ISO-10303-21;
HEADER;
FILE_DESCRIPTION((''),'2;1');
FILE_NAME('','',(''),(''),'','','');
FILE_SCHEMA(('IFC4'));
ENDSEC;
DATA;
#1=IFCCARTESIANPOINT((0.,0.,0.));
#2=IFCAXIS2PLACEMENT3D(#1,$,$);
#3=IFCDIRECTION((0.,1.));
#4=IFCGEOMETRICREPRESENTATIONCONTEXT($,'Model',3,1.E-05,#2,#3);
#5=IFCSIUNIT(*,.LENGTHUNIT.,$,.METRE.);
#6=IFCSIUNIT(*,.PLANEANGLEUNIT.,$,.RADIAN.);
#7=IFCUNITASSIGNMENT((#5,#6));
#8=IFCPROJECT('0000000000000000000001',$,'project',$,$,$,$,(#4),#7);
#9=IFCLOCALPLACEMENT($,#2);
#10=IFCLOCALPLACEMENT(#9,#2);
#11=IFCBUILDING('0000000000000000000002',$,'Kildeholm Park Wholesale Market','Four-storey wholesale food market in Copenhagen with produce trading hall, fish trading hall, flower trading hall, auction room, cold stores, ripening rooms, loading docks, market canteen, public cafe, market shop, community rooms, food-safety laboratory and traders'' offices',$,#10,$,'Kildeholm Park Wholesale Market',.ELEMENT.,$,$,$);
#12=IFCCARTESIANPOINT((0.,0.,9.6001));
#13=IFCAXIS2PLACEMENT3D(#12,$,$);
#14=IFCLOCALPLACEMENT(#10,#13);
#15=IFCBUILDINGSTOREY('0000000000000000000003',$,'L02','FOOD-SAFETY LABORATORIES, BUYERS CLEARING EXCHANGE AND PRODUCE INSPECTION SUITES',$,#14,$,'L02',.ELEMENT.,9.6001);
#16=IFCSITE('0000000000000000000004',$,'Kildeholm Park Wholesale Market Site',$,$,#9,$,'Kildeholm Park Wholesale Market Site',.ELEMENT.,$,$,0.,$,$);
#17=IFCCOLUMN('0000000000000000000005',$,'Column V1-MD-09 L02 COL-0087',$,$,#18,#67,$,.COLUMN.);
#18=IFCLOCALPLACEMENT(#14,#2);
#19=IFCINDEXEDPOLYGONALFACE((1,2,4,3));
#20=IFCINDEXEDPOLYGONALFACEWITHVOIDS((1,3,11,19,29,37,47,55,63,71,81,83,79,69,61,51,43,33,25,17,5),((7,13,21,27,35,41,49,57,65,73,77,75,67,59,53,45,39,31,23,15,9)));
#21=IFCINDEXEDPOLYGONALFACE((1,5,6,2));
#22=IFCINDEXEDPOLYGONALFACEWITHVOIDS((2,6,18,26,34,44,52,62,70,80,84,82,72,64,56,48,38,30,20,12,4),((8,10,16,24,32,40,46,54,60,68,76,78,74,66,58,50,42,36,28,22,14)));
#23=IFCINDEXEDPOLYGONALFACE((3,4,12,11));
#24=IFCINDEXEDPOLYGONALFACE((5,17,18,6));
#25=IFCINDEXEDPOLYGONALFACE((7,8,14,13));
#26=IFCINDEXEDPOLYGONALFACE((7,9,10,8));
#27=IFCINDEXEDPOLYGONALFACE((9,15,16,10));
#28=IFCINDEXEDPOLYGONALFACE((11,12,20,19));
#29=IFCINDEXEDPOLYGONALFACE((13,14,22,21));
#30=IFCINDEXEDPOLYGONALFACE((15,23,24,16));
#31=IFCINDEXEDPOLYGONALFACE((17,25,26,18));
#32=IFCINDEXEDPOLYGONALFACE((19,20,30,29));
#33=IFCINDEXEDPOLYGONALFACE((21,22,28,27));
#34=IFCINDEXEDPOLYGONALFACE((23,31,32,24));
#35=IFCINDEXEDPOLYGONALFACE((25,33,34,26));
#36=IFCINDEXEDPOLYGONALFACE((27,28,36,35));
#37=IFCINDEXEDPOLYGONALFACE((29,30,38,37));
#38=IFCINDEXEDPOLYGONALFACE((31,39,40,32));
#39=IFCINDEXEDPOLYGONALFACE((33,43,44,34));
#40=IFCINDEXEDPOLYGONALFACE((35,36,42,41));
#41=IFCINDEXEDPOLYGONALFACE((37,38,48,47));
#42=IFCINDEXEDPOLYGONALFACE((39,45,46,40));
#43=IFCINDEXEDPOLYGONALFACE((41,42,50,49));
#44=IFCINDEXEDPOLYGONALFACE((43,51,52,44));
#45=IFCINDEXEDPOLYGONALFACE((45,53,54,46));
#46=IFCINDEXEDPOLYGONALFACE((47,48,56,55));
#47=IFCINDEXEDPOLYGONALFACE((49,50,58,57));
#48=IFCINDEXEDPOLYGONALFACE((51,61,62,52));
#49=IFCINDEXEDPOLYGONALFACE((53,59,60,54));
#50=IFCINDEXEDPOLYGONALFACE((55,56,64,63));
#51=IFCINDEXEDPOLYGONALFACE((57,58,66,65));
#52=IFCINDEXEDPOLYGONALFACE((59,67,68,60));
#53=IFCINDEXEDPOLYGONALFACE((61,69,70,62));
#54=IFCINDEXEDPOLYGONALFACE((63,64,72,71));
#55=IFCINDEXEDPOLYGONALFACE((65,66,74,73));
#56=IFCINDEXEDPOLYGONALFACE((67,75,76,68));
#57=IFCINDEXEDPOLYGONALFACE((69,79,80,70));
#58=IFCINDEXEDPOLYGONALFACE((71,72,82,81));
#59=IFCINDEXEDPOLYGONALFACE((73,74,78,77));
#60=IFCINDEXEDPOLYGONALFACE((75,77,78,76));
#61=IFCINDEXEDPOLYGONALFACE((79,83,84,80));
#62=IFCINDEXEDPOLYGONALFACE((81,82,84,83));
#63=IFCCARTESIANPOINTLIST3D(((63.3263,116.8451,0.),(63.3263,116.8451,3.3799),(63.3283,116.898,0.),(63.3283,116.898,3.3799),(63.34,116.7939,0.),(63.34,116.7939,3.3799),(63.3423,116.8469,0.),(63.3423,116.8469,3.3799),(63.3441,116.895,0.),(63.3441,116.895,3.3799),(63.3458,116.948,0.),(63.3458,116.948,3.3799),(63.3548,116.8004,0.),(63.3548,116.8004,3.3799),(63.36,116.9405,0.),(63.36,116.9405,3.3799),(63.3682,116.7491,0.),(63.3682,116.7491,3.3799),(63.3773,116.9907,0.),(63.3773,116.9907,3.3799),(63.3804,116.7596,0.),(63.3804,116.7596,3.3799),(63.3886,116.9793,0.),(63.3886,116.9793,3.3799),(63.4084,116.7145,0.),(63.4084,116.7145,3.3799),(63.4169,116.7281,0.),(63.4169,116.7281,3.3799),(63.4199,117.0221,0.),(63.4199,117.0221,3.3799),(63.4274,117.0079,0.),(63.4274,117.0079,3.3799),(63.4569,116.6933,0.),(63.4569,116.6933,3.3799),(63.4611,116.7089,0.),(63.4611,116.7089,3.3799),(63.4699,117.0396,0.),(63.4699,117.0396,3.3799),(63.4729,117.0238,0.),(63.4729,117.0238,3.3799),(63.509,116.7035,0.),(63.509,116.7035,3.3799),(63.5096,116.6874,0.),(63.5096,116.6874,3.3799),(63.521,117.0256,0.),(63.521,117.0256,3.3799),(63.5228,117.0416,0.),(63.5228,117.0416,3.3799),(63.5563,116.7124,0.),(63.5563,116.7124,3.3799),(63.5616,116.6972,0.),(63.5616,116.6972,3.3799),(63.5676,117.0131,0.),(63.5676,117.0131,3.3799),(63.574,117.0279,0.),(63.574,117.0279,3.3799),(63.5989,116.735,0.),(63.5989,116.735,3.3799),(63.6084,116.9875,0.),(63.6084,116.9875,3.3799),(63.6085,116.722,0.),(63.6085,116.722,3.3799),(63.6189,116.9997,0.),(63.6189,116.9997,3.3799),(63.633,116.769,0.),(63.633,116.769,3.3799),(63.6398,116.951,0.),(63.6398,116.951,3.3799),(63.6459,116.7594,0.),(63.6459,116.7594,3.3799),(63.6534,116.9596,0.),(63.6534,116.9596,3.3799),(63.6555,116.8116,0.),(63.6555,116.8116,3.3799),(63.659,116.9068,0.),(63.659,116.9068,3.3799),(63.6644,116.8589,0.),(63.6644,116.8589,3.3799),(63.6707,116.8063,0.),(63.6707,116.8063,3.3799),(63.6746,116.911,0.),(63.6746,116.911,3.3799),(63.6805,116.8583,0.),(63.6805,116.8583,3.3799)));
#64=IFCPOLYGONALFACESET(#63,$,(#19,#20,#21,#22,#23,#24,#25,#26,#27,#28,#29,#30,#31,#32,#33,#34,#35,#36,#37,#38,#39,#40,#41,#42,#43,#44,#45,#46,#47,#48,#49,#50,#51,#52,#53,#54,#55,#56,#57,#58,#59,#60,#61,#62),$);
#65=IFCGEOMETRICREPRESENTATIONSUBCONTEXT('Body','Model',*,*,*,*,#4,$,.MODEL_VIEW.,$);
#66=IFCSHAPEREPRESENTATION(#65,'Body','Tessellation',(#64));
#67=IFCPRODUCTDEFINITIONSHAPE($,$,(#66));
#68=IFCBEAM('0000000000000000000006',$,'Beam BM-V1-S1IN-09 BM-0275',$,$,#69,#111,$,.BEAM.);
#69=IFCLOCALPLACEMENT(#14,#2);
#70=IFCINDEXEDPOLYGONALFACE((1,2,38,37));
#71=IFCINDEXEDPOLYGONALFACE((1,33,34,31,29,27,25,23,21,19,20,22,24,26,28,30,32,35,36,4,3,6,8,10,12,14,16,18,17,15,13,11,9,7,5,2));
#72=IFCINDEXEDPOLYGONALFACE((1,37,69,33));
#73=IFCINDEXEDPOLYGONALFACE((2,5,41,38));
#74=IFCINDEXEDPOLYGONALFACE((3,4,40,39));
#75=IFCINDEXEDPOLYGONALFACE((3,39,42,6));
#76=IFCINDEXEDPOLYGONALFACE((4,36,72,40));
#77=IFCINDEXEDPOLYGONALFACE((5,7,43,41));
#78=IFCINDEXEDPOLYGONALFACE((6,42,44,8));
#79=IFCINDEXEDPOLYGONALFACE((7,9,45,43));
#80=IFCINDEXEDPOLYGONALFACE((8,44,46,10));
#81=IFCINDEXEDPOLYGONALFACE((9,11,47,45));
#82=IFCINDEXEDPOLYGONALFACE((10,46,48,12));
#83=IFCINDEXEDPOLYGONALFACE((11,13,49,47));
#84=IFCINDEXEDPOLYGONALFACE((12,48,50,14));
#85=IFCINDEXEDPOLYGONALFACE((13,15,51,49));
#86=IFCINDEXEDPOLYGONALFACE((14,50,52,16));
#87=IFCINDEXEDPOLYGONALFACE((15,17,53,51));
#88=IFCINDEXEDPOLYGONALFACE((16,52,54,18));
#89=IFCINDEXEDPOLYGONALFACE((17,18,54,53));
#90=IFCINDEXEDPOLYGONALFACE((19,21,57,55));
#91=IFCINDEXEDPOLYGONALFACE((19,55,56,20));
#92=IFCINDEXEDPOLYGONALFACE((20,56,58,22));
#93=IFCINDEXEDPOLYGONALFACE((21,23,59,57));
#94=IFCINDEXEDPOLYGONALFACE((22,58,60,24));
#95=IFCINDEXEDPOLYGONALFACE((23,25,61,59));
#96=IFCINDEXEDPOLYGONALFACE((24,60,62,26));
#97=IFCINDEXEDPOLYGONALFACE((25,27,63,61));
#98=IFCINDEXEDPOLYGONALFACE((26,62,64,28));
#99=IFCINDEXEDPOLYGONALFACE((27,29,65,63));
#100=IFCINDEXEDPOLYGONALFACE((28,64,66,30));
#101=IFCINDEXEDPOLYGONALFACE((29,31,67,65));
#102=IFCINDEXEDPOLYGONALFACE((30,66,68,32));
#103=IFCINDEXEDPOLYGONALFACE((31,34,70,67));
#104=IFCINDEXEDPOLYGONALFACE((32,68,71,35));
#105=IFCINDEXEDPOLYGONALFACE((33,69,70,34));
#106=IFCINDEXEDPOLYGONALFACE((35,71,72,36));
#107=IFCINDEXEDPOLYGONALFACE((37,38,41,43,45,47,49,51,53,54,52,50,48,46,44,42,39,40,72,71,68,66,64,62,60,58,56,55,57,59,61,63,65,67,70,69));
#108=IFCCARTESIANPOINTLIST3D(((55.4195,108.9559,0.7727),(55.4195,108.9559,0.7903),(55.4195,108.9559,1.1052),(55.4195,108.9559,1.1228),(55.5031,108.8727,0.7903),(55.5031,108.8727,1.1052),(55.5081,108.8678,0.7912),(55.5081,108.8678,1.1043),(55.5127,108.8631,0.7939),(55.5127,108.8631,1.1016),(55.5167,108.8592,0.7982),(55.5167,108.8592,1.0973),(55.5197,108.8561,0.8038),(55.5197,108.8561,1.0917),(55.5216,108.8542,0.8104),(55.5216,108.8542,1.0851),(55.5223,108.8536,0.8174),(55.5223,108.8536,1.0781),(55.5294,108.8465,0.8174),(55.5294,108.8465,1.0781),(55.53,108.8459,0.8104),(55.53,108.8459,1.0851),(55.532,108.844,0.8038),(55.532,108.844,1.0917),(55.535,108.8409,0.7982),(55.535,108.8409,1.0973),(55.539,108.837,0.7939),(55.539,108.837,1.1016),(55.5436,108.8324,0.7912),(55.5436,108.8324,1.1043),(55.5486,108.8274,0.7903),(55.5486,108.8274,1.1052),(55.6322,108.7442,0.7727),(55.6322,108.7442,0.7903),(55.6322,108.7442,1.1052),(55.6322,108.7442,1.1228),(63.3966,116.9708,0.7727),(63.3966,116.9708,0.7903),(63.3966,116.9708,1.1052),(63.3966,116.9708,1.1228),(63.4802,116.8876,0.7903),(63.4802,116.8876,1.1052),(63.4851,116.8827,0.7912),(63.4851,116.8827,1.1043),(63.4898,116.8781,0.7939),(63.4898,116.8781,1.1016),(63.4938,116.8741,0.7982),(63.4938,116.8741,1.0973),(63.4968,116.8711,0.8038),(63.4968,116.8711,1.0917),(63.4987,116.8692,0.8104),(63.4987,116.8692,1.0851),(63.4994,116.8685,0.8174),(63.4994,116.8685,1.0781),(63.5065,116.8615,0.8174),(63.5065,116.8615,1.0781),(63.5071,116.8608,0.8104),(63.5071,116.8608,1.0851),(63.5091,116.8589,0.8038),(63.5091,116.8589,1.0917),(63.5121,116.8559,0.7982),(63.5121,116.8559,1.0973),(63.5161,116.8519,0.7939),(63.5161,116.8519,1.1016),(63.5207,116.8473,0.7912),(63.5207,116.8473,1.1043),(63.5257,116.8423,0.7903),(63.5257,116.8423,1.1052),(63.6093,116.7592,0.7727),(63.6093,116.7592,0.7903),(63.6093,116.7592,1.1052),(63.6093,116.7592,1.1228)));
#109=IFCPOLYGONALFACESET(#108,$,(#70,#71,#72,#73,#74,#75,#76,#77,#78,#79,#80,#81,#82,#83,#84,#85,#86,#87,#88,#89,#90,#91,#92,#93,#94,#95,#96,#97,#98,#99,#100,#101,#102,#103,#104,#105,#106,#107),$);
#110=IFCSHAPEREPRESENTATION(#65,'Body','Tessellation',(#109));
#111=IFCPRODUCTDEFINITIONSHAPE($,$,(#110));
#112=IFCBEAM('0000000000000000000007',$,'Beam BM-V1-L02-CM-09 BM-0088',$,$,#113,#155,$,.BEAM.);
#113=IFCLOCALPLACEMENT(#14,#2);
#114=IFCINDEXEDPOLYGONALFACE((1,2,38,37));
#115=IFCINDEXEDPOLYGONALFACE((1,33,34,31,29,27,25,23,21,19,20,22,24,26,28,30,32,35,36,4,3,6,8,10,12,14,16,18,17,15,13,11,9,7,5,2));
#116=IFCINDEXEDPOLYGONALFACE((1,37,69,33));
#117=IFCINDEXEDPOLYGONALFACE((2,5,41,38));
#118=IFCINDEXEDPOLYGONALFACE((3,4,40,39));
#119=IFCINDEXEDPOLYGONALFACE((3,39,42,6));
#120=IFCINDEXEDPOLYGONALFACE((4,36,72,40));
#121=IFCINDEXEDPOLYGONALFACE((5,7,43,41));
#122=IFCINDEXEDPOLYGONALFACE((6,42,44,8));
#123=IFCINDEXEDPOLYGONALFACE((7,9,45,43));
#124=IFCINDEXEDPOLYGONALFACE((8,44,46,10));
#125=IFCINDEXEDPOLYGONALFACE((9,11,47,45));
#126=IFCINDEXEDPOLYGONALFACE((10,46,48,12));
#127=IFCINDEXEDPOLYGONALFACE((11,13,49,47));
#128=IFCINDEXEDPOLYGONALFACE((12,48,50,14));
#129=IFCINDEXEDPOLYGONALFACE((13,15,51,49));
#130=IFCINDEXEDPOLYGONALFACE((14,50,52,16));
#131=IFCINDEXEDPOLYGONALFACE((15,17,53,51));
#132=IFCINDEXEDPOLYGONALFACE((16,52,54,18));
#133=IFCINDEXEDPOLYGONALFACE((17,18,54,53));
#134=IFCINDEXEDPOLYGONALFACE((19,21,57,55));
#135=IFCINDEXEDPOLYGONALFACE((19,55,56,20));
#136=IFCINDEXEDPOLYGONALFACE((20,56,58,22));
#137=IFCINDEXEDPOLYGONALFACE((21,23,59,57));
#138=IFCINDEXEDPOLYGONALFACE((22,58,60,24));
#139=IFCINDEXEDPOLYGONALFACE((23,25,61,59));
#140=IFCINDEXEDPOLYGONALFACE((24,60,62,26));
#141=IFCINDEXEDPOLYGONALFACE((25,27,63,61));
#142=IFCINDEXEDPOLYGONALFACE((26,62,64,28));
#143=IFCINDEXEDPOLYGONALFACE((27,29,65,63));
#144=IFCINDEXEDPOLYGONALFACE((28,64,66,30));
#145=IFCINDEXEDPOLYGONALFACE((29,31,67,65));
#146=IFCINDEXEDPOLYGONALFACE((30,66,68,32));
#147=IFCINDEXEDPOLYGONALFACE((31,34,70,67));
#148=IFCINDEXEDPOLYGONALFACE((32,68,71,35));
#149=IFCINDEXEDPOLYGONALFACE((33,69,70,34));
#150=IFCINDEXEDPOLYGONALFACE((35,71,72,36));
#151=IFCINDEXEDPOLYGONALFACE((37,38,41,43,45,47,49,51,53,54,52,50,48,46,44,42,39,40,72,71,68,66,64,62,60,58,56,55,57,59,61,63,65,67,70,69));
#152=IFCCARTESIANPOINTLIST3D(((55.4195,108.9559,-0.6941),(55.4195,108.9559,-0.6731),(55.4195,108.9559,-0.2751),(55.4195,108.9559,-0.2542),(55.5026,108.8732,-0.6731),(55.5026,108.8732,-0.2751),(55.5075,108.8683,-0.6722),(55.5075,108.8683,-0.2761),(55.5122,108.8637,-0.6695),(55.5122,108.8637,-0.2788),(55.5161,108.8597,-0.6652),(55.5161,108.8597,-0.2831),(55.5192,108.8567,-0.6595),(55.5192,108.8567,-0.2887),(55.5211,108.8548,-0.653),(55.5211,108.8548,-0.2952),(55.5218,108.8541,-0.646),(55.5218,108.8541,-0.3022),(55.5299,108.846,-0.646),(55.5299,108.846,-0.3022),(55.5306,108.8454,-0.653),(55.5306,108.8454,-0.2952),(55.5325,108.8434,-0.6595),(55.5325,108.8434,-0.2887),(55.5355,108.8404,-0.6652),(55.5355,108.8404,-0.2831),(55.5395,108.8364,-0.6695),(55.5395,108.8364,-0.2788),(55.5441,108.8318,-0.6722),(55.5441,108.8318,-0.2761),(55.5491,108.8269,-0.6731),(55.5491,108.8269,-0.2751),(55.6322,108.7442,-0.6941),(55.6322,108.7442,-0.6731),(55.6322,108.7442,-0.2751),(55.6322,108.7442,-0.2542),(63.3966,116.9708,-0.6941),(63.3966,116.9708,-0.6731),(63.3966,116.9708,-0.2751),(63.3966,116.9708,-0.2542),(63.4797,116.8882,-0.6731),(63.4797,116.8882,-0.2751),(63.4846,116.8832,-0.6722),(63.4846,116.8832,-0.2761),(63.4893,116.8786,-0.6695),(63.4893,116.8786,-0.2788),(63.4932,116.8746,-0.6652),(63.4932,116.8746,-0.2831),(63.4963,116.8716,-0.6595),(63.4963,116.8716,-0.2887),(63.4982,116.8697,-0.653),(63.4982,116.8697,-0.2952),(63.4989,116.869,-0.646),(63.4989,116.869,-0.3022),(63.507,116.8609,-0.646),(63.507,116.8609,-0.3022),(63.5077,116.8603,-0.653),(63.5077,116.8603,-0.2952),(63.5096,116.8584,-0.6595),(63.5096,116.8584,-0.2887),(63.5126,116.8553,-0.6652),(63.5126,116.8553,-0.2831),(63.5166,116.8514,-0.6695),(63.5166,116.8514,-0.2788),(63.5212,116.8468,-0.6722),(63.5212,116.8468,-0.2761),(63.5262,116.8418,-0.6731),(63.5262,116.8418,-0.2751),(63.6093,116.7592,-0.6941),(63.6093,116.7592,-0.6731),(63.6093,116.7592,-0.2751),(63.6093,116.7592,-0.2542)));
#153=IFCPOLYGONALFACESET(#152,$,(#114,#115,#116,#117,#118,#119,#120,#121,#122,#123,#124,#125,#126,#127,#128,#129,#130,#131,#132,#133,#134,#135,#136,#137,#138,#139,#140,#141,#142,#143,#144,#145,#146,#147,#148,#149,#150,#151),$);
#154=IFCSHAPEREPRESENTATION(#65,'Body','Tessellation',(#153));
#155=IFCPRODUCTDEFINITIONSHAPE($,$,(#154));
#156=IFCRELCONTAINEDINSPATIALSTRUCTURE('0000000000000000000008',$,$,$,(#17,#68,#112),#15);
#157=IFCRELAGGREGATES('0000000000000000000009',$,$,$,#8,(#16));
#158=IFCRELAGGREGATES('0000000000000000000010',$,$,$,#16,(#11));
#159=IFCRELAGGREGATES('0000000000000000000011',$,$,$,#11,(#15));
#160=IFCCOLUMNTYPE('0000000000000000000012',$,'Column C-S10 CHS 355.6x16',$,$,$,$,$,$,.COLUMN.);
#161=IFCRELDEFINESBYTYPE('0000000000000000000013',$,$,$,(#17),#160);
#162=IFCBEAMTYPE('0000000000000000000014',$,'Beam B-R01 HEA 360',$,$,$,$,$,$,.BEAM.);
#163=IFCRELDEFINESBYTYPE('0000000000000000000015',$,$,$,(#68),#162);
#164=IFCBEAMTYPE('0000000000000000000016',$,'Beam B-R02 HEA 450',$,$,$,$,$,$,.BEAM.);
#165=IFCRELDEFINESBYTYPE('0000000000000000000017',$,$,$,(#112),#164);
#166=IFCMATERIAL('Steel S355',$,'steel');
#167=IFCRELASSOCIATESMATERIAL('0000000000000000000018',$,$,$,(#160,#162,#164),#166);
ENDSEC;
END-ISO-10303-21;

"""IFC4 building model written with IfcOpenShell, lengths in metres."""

from ifc_helpers import new_model, si_unit, direction, frame, origin, origin_2d, place, context, subcontext, project, spatial, hollow_circle, i_section, extrude, material, material_profile, profile_set, type_object, element, save


model = new_model("IFC4")

# Units and contexts
model_context = context("Model", 3, precision=1e-05, world=origin(), true_north=direction((0.0, 1.0)))
body_context = subcontext(model_context, "Body", "Model", "MODEL_VIEW")
ifc_project = project(units=[si_unit("LENGTHUNIT", "METRE"), si_unit("PLANEANGLEUNIT", "RADIAN")], contexts=[model_context])

# Site, building, storey
site_placement = place(None, origin())
site = spatial("IfcSite", under=ifc_project, at=site_placement, Name="Kildeholm Park Wholesale Market Site", LongName="Kildeholm Park Wholesale Market Site", CompositionType="ELEMENT", RefElevation=0.0)
building_placement = place(site_placement, origin())
building = spatial("IfcBuilding", under=site, at=building_placement, Name="Kildeholm Park Wholesale Market", Description="Four-storey wholesale food market in Copenhagen with produce trading hall, fish trading hall, flower trading hall, auction room, cold stores, ripening rooms, loading docks, market canteen, public cafe, market shop, community rooms, food-safety laboratory and traders' offices", LongName="Kildeholm Park Wholesale Market", CompositionType="ELEMENT")
storey_placement = place(building_placement, frame((0.0, 0.0, 9.6001)))
storey = spatial("IfcBuildingStorey", under=building, at=storey_placement, Name="L02", Description="FOOD-SAFETY LABORATORIES, BUYERS CLEARING EXCHANGE AND PRODUCE INSPECTION SUITES", LongName="L02", CompositionType="ELEMENT", Elevation=9.6001)

# Column
ifc_material_1 = material(Name="Steel S355", Category="steel")
ifc_material_profile_1 = material_profile(ifc_material_1, hollow_circle(Radius=0.1777, WallThickness=0.0161, at=origin_2d()), Name="CHS 355.6x16")
ifc_profile_set_1 = profile_set([ifc_material_profile_1], Name="Steel S355")
column_type = type_object("IfcColumnType", Name="Column C-S10 CHS 355.6x16", PredefinedType="COLUMN", material=ifc_profile_set_1)
column_placement = place(storey_placement, frame((63.5029, 116.865, 0.0), z_axis=(0.0, 0.0, 1.0), x_axis=(-0.707107, 0.707107, 0.0)))
element("IfcColumn", 1, at=column_placement, inside=storey, type_object=column_type, Name="Column V1-MD-09 L02 COL-0087", PredefinedType="COLUMN", context=body_context, shape_type="SweptSolid", body=[
    extrude(hollow_circle(Radius=0.1777, WallThickness=0.0161, at=origin_2d()), origin(), (0.0, 0.0, 1.0), 3.3799),
])

# Beams
ifc_material_profile_2 = material_profile(ifc_material_1, i_section(OverallWidth=0.3, OverallDepth=0.3501, WebThickness=0.01, FlangeThickness=0.0176, FilletRadius=0.0271, at=origin_2d()), Name="HEA 360")
ifc_profile_set_2 = profile_set([ifc_material_profile_2], Name="Steel S355")
beam_type_1 = type_object("IfcBeamType", Name="Beam B-R01 HEA 360", PredefinedType="BEAM", material=ifc_profile_set_2)
beam_1_placement = place(storey_placement, frame((63.5029, 116.865, 0.9478), z_axis=(-0.705432, -0.708778, 0.0), x_axis=(0.708778, -0.705432, 0.0)))
element("IfcBeam", 2, at=beam_1_placement, inside=storey, type_object=beam_type_1, Name="Beam BM-V1-S1IN-09 BM-0275", PredefinedType="BEAM", context=body_context, shape_type="SweptSolid", body=[
    extrude(i_section(OverallWidth=0.3, OverallDepth=0.3501, WebThickness=0.01, FlangeThickness=0.0176, FilletRadius=0.0271, at=origin_2d()), origin(), (0.0, 0.0, 1.0), 11.3081),
])
ifc_material_profile_3 = material_profile(ifc_material_1, i_section(OverallWidth=0.3, OverallDepth=0.4399, WebThickness=0.0115, FlangeThickness=0.021, FilletRadius=0.0271, at=origin_2d()), Name="HEA 450")
ifc_profile_set_3 = profile_set([ifc_material_profile_3], Name="Steel S355")
beam_type_2 = type_object("IfcBeamType", Name="Beam B-R02 HEA 450", PredefinedType="BEAM", material=ifc_profile_set_3)
beam_2_placement = place(storey_placement, frame((63.5029, 116.865, -0.4741), z_axis=(-0.705432, -0.708778, 0.0), x_axis=(0.708778, -0.705432, 0.0)))
element("IfcBeam", 3, at=beam_2_placement, inside=storey, type_object=beam_type_2, Name="Beam BM-V1-L02-CM-09 BM-0088", PredefinedType="BEAM", context=body_context, shape_type="SweptSolid", body=[
    extrude(i_section(OverallWidth=0.3, OverallDepth=0.4399, WebThickness=0.0115, FlangeThickness=0.021, FilletRadius=0.0271, at=origin_2d()), origin(), (0.0, 0.0, 1.0), 11.3081),
])

save(model, "model.ifc")
